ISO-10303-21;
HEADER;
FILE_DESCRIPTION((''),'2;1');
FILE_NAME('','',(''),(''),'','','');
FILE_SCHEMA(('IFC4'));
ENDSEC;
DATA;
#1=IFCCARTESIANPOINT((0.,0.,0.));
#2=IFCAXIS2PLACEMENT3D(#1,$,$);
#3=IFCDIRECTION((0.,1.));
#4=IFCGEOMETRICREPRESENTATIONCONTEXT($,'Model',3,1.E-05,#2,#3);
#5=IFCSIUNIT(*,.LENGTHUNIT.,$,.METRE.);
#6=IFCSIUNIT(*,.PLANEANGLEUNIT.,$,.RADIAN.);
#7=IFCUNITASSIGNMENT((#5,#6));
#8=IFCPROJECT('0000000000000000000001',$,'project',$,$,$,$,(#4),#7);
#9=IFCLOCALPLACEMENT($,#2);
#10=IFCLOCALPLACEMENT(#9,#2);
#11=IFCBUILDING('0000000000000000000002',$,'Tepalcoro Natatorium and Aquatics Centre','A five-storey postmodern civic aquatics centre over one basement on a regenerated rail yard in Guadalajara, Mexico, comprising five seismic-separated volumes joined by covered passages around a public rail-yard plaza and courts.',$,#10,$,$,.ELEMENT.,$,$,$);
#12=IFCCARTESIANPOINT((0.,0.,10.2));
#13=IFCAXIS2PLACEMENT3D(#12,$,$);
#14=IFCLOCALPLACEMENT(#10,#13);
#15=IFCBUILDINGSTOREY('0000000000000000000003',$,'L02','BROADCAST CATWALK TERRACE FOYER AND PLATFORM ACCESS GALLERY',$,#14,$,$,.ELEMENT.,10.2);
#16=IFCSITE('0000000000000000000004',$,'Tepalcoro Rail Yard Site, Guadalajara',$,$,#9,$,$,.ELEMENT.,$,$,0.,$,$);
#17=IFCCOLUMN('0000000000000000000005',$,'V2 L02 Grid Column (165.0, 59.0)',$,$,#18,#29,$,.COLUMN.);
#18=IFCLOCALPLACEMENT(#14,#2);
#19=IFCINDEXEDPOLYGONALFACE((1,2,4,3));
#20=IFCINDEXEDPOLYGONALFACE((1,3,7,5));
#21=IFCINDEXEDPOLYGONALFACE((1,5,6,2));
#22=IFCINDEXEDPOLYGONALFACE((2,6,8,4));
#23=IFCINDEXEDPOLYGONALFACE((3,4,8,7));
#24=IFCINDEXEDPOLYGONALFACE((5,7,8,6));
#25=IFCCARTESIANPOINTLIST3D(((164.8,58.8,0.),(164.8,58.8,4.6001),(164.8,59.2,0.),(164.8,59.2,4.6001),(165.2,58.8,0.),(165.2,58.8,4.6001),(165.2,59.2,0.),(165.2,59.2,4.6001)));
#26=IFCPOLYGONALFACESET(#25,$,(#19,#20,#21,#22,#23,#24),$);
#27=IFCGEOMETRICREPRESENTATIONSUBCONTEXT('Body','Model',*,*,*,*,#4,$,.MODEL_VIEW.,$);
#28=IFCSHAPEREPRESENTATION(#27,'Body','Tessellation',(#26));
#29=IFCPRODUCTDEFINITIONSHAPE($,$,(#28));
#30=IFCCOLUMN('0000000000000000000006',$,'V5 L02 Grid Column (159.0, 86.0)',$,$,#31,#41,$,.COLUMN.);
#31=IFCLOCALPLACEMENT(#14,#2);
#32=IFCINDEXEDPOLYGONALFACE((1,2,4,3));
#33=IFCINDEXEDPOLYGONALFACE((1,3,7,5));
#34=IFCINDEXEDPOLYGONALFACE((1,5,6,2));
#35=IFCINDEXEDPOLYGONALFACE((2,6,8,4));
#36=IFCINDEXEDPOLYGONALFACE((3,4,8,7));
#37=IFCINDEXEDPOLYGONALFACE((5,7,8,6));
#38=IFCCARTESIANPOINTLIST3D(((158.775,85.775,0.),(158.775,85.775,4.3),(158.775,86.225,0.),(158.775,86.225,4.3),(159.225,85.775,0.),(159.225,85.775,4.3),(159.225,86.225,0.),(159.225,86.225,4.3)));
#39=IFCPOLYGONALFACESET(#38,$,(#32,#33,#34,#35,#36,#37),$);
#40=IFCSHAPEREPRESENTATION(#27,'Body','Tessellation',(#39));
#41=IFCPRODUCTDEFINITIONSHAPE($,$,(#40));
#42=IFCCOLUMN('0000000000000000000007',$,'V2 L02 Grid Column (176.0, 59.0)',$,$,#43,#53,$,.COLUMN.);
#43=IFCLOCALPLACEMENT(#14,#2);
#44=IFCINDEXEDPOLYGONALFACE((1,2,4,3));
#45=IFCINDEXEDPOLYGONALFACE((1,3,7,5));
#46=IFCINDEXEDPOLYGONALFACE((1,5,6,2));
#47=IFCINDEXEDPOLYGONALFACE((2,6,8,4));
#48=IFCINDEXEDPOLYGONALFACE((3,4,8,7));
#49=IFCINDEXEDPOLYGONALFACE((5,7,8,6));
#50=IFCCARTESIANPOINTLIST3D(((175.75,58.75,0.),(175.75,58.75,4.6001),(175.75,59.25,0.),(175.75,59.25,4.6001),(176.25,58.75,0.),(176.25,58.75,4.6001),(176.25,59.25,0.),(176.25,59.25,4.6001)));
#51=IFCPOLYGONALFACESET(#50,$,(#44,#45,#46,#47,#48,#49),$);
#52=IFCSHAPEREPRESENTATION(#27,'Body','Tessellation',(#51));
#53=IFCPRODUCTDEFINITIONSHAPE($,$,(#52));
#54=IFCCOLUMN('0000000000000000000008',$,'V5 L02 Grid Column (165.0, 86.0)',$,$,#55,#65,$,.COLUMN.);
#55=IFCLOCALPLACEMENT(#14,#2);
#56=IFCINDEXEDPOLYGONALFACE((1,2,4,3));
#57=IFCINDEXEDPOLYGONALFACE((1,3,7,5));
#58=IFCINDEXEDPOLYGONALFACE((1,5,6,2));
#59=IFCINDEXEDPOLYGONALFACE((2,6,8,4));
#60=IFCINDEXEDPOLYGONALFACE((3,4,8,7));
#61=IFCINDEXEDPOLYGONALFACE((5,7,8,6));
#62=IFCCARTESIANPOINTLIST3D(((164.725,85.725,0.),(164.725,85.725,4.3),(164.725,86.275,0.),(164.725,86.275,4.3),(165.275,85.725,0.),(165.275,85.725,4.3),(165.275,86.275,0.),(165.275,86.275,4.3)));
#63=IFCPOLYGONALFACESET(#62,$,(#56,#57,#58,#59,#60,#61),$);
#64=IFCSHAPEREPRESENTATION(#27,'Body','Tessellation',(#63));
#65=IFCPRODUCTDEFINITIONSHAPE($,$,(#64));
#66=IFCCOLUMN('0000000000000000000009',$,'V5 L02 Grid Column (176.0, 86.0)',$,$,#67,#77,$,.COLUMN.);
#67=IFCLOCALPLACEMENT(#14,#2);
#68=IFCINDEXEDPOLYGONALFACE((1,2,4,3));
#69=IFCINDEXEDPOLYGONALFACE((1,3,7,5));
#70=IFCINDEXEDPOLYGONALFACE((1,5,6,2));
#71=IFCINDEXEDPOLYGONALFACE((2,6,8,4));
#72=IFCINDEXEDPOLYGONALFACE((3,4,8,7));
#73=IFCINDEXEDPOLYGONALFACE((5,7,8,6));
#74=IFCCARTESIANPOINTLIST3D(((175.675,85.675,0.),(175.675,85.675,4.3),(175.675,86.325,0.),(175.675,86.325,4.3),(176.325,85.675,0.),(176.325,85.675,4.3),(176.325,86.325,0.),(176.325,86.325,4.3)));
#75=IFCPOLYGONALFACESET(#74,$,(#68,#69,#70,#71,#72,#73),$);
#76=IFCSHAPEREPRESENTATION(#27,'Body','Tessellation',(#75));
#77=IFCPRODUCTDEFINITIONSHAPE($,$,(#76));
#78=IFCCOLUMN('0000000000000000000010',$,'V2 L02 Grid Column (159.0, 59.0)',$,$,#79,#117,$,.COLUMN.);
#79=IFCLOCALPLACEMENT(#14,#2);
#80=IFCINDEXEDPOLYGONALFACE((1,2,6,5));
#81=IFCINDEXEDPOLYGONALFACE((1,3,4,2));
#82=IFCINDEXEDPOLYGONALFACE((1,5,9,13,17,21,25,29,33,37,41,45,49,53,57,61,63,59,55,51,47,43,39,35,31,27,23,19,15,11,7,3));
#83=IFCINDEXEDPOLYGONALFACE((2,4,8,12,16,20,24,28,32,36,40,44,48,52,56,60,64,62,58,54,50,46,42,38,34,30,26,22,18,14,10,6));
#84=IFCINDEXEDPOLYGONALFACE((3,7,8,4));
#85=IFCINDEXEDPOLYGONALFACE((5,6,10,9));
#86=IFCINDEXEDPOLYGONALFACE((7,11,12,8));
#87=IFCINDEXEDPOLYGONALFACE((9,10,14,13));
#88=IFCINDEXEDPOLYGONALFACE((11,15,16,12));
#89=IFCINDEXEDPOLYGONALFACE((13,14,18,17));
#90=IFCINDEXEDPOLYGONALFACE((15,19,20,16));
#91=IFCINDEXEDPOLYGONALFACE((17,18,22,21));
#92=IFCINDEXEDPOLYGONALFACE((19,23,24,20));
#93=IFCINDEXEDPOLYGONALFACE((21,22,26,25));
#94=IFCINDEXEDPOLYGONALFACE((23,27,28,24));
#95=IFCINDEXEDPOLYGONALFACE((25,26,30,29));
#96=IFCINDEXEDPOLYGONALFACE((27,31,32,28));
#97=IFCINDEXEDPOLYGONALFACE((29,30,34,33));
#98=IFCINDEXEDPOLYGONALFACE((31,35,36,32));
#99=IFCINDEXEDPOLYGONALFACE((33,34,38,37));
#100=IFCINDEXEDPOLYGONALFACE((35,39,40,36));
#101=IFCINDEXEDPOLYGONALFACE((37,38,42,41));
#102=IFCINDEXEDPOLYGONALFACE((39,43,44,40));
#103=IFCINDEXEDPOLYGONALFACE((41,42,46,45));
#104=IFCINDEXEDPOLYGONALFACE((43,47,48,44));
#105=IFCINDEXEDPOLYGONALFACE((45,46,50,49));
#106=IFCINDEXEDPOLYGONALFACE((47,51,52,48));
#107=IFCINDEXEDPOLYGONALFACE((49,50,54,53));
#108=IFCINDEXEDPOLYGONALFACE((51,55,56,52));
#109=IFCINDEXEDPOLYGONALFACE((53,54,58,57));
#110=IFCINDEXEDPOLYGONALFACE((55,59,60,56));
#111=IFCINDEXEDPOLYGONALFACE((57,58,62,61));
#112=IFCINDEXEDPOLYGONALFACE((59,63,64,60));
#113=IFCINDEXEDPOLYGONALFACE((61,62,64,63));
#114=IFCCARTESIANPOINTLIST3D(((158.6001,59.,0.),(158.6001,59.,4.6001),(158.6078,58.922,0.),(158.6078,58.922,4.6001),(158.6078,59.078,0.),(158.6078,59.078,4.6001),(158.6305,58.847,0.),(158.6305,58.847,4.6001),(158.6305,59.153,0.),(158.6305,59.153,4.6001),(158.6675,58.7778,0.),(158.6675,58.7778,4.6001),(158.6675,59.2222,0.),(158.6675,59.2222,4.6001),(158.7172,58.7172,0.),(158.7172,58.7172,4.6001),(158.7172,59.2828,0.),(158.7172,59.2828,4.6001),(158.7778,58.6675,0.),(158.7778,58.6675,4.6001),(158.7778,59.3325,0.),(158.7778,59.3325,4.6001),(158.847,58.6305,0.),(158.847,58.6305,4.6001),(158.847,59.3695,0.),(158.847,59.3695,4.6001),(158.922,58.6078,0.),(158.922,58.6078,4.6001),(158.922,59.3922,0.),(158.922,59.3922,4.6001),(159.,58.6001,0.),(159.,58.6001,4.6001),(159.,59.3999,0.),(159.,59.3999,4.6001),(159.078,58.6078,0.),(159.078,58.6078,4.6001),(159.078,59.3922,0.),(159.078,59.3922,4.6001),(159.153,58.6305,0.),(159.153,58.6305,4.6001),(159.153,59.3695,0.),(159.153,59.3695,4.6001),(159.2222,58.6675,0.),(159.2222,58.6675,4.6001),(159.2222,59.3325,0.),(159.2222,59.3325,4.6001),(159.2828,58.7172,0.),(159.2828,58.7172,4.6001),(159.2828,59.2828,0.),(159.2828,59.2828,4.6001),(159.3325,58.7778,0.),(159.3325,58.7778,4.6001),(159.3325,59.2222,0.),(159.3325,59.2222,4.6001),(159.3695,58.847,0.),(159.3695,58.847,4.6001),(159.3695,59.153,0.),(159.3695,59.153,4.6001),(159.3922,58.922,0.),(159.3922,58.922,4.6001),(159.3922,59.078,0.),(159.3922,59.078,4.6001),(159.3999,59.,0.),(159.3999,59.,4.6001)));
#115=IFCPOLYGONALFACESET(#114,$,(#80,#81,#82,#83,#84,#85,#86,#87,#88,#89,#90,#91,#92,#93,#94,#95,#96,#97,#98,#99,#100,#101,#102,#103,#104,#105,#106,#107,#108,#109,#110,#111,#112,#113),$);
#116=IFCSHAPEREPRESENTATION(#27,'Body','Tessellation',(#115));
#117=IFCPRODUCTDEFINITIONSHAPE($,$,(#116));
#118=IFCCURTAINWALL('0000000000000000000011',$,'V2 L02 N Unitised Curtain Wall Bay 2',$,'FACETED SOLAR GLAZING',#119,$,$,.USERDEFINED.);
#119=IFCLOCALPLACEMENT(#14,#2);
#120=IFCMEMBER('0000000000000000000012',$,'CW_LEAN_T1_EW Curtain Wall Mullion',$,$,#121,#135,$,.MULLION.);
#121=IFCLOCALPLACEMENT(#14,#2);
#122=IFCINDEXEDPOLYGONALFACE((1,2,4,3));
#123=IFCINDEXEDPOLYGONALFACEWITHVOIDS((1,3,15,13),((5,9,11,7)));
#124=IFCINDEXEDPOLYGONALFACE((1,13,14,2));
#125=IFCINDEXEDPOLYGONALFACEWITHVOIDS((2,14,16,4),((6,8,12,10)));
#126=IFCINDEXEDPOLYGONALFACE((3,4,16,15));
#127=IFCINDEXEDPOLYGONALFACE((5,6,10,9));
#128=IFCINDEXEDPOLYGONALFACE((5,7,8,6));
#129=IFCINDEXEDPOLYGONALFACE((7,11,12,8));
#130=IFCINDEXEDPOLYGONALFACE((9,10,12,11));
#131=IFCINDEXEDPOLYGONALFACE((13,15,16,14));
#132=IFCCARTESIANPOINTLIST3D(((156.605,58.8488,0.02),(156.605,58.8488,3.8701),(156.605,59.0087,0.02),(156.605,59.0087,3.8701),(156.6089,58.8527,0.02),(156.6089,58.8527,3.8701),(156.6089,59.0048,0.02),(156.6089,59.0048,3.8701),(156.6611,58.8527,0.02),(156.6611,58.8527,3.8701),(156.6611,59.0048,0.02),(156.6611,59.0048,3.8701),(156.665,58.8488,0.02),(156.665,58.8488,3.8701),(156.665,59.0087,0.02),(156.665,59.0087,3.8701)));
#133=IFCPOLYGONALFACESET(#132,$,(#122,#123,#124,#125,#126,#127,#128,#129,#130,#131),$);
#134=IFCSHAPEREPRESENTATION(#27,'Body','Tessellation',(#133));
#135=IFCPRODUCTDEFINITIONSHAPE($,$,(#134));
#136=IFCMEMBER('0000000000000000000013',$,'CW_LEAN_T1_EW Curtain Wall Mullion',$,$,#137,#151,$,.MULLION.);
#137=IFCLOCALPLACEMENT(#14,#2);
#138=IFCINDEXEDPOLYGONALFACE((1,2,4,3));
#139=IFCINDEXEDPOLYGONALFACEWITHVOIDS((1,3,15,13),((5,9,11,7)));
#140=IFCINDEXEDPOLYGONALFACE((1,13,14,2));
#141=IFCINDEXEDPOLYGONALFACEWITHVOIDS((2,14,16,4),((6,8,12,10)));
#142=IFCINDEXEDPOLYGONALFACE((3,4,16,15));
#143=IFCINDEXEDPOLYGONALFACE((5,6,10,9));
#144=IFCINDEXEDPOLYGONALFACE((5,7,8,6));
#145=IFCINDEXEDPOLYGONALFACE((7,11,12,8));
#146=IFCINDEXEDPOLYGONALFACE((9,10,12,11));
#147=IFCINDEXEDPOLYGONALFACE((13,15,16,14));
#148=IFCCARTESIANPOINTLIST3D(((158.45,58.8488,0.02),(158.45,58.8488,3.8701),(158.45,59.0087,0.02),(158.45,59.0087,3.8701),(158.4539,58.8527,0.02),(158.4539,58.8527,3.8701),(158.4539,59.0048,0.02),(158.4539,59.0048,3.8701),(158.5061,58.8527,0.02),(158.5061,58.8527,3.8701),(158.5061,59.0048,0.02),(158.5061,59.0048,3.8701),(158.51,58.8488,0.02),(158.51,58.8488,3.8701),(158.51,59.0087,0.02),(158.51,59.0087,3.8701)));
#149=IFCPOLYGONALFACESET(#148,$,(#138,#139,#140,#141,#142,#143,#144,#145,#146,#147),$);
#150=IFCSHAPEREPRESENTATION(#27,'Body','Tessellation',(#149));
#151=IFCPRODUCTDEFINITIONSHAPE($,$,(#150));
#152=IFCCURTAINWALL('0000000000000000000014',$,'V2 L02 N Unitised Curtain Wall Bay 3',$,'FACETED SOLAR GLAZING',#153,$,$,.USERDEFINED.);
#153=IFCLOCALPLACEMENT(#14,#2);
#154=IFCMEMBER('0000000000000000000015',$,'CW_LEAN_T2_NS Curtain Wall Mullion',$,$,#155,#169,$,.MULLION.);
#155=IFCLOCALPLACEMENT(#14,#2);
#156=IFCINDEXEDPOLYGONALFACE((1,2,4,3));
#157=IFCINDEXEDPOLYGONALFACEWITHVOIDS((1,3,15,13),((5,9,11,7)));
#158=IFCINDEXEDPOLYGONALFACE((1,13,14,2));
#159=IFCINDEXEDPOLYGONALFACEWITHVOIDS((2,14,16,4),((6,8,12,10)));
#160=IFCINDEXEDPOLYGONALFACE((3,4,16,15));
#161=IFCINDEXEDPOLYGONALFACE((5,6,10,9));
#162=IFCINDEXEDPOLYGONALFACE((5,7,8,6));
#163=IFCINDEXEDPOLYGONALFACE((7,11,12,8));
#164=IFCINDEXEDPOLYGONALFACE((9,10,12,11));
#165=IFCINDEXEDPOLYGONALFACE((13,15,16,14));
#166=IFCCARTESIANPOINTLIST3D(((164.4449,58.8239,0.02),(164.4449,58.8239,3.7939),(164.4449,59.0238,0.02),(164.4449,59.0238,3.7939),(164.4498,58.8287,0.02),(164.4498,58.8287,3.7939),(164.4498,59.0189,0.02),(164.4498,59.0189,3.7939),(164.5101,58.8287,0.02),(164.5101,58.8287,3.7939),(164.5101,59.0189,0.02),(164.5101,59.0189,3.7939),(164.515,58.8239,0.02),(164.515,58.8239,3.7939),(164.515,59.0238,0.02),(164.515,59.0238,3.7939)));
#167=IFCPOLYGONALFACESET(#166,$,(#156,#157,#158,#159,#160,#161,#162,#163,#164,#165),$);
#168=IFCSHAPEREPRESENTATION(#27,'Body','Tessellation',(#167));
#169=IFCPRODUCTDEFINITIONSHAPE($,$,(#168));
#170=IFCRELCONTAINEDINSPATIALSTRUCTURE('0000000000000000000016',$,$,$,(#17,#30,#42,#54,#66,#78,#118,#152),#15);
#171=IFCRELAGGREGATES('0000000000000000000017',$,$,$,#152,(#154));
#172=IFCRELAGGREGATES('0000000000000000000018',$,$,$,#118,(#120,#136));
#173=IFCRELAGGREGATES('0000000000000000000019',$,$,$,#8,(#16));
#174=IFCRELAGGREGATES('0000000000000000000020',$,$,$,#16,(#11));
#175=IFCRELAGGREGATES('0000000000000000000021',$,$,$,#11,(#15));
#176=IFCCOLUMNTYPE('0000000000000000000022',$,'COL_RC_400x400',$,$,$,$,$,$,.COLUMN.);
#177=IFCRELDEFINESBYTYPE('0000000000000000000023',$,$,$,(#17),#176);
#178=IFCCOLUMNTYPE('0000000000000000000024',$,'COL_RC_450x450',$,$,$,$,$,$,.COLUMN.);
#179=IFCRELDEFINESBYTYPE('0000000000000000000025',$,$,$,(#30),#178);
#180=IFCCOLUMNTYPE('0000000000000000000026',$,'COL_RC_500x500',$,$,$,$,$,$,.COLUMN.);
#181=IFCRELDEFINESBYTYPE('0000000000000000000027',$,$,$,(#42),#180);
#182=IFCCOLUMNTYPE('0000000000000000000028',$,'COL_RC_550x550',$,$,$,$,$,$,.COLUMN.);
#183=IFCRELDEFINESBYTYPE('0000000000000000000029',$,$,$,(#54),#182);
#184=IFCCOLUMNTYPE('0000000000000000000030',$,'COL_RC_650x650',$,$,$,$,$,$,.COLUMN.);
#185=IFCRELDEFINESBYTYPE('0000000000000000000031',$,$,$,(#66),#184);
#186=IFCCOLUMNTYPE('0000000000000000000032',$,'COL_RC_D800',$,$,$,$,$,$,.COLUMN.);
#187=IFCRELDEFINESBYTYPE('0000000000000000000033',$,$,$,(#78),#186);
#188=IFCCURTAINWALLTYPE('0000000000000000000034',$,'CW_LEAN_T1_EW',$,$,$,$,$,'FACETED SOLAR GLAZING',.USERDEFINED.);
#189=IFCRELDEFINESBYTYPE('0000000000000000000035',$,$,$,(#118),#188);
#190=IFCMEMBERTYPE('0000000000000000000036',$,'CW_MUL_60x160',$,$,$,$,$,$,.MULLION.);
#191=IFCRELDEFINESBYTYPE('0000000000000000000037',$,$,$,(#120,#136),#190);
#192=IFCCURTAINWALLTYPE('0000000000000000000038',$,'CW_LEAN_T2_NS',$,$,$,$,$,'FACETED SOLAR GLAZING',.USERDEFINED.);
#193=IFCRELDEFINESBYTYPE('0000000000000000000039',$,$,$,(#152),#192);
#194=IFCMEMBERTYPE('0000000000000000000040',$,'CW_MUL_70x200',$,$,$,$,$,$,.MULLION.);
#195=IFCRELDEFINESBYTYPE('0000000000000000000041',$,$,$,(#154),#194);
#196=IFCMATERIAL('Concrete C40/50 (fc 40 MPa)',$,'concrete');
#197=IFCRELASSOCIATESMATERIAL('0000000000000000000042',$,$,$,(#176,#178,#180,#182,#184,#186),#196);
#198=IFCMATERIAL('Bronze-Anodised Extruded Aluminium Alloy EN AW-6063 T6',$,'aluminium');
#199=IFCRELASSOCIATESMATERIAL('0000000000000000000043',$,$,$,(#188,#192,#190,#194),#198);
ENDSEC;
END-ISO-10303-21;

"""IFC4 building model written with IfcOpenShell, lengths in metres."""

from ifc_helpers import new_model, si_unit, direction, frame, origin, origin_2d, place, context, subcontext, project, spatial, rectangle, hollow_rectangle, circle, extrude, material, material_profile, profile_set, type_object, element, aggregate, save


model = new_model("IFC4")

# Units and contexts
model_context = context("Model", 3, precision=1e-05, world=origin(), true_north=direction((0.0, 1.0)))
body_context = subcontext(model_context, "Body", "Model", "MODEL_VIEW")
ifc_project = project(units=[si_unit("LENGTHUNIT", "METRE"), si_unit("PLANEANGLEUNIT", "RADIAN")], contexts=[model_context])

# Site, building, storey
site_placement = place(None, origin())
site = spatial("IfcSite", under=ifc_project, at=site_placement, Name="Tepalcoro Rail Yard Site, Guadalajara", CompositionType="ELEMENT", RefElevation=0.0)
building_placement = place(site_placement, origin())
building = spatial("IfcBuilding", under=site, at=building_placement, Name="Tepalcoro Natatorium and Aquatics Centre", Description="A five-storey postmodern civic aquatics centre over one basement on a regenerated rail yard in Guadalajara, Mexico, comprising five seismic-separated volumes joined by covered passages around a public rail-yard plaza and courts.", CompositionType="ELEMENT")
storey_placement = place(building_placement, frame((0.0, 0.0, 10.2)))
storey = spatial("IfcBuildingStorey", under=building, at=storey_placement, Name="L02", Description="BROADCAST CATWALK TERRACE FOYER AND PLATFORM ACCESS GALLERY", CompositionType="ELEMENT", Elevation=10.2)

# Columns
ifc_material_1 = material(Name="Concrete C40/50 (fc 40 MPa)", Category="concrete")
ifc_material_profile_1 = material_profile(ifc_material_1, rectangle(XDim=0.3999, YDim=0.3999, at=origin_2d()), Name="RC400x400")
ifc_profile_set_1 = profile_set([ifc_material_profile_1], Name="Concrete C40/50 (fc 40 MPa)")
column_type_1 = type_object("IfcColumnType", Name="COL_RC_400x400", PredefinedType="COLUMN", material=ifc_profile_set_1)
column_1_placement = place(storey_placement, frame((165.0, 59.0, 0.0), z_axis=(0.0, 0.0, 1.0), x_axis=(1.0, 0.0, 0.0)))
element("IfcColumn", 1, at=column_1_placement, inside=storey, type_object=column_type_1, Name="V2 L02 Grid Column (165.0, 59.0)", PredefinedType="COLUMN", context=body_context, shape_type="SweptSolid", body=[
    extrude(rectangle(XDim=0.3999, YDim=0.3999, at=origin_2d()), origin(), (0.0, 0.0, 1.0), 4.6001),
])
ifc_material_profile_2 = material_profile(ifc_material_1, rectangle(XDim=0.45, YDim=0.45, at=origin_2d()), Name="RC450x450")
ifc_profile_set_2 = profile_set([ifc_material_profile_2], Name="Concrete C40/50 (fc 40 MPa)")
column_type_2 = type_object("IfcColumnType", Name="COL_RC_450x450", PredefinedType="COLUMN", material=ifc_profile_set_2)
column_2_placement = place(storey_placement, frame((159.0, 86.0, 0.0), z_axis=(0.0, 0.0, 1.0), x_axis=(1.0, 0.0, 0.0)))
element("IfcColumn", 2, at=column_2_placement, inside=storey, type_object=column_type_2, Name="V5 L02 Grid Column (159.0, 86.0)", PredefinedType="COLUMN", context=body_context, shape_type="SweptSolid", body=[
    extrude(rectangle(XDim=0.45, YDim=0.45, at=origin_2d()), origin(), (0.0, 0.0, 1.0), 4.3),
])
ifc_material_profile_3 = material_profile(ifc_material_1, rectangle(XDim=0.5, YDim=0.5, at=origin_2d()), Name="RC500x500")
ifc_profile_set_3 = profile_set([ifc_material_profile_3], Name="Concrete C40/50 (fc 40 MPa)")
column_type_3 = type_object("IfcColumnType", Name="COL_RC_500x500", PredefinedType="COLUMN", material=ifc_profile_set_3)
column_3_placement = place(storey_placement, frame((176.0, 59.0, 0.0), z_axis=(0.0, 0.0, 1.0), x_axis=(1.0, 0.0, 0.0)))
element("IfcColumn", 3, at=column_3_placement, inside=storey, type_object=column_type_3, Name="V2 L02 Grid Column (176.0, 59.0)", PredefinedType="COLUMN", context=body_context, shape_type="SweptSolid", body=[
    extrude(rectangle(XDim=0.5, YDim=0.5, at=origin_2d()), origin(), (0.0, 0.0, 1.0), 4.6001),
])
ifc_material_profile_4 = material_profile(ifc_material_1, rectangle(XDim=0.55, YDim=0.55, at=origin_2d()), Name="RC550x550")
ifc_profile_set_4 = profile_set([ifc_material_profile_4], Name="Concrete C40/50 (fc 40 MPa)")
column_type_4 = type_object("IfcColumnType", Name="COL_RC_550x550", PredefinedType="COLUMN", material=ifc_profile_set_4)
column_4_placement = place(storey_placement, frame((165.0, 86.0, 0.0), z_axis=(0.0, 0.0, 1.0), x_axis=(1.0, 0.0, 0.0)))
element("IfcColumn", 4, at=column_4_placement, inside=storey, type_object=column_type_4, Name="V5 L02 Grid Column (165.0, 86.0)", PredefinedType="COLUMN", context=body_context, shape_type="SweptSolid", body=[
    extrude(rectangle(XDim=0.55, YDim=0.55, at=origin_2d()), origin(), (0.0, 0.0, 1.0), 4.3),
])
ifc_material_profile_5 = material_profile(ifc_material_1, rectangle(XDim=0.6499, YDim=0.6499, at=origin_2d()), Name="RC650x650")
ifc_profile_set_5 = profile_set([ifc_material_profile_5], Name="Concrete C40/50 (fc 40 MPa)")
column_type_5 = type_object("IfcColumnType", Name="COL_RC_650x650", PredefinedType="COLUMN", material=ifc_profile_set_5)
column_5_placement = place(storey_placement, frame((176.0, 86.0, 0.0), z_axis=(0.0, 0.0, 1.0), x_axis=(1.0, 0.0, 0.0)))
element("IfcColumn", 5, at=column_5_placement, inside=storey, type_object=column_type_5, Name="V5 L02 Grid Column (176.0, 86.0)", PredefinedType="COLUMN", context=body_context, shape_type="SweptSolid", body=[
    extrude(rectangle(XDim=0.6499, YDim=0.6499, at=origin_2d()), origin(), (0.0, 0.0, 1.0), 4.3),
])
ifc_material_profile_6 = material_profile(ifc_material_1, circle(Radius=0.3999, at=origin_2d()), Name="RCD800")
ifc_profile_set_6 = profile_set([ifc_material_profile_6], Name="Concrete C40/50 (fc 40 MPa)")
column_type_6 = type_object("IfcColumnType", Name="COL_RC_D800", PredefinedType="COLUMN", material=ifc_profile_set_6)
column_6_placement = place(storey_placement, frame((159.0, 59.0, 0.0), z_axis=(0.0, 0.0, 1.0), x_axis=(1.0, 0.0, 0.0)))
element("IfcColumn", 6, at=column_6_placement, inside=storey, type_object=column_type_6, Name="V2 L02 Grid Column (159.0, 59.0)", PredefinedType="COLUMN", context=body_context, shape_type="SweptSolid", body=[
    extrude(circle(Radius=0.3999, at=origin_2d()), origin(), (0.0, 0.0, 1.0), 4.6001),
])

# Curtain wall, members
ifc_material_2 = material(Name="Bronze-Anodised Extruded Aluminium Alloy EN AW-6063 T6", Category="aluminium")
curtain_wall_type_1 = type_object("IfcCurtainWallType", Name="CW_LEAN_T1_EW", ElementType="FACETED SOLAR GLAZING", PredefinedType="USERDEFINED", material=ifc_material_2)
curtain_wall_1_placement = place(storey_placement, origin())
curtain_wall_1 = element("IfcCurtainWall", 7, at=curtain_wall_1_placement, inside=storey, type_object=curtain_wall_type_1, Name="V2 L02 N Unitised Curtain Wall Bay 2", ObjectType="FACETED SOLAR GLAZING", PredefinedType="USERDEFINED")
ifc_material_profile_7 = material_profile(ifc_material_2, hollow_rectangle(XDim=0.0601, YDim=0.1599, WallThickness=0.0039, at=origin_2d()), Name="AL60X160X4")
ifc_profile_set_7 = profile_set([ifc_material_profile_7], Name="Bronze-Anodised Extruded Aluminium Alloy EN AW-6063 T6")
member_type_1 = type_object("IfcMemberType", Name="CW_MUL_60x160", PredefinedType="MULLION", material=ifc_profile_set_7)
member_1_placement = place(storey_placement, frame((156.635, 58.9287, 0.02), z_axis=(0.0, 0.0, 1.0), x_axis=(1.0, 0.0, 0.0)))
member_1 = element("IfcMember", 8, at=member_1_placement, type_object=member_type_1, Name="CW_LEAN_T1_EW Curtain Wall Mullion", PredefinedType="MULLION", context=body_context, shape_type="SweptSolid", body=[
    extrude(hollow_rectangle(XDim=0.0601, YDim=0.1599, WallThickness=0.0039, at=origin_2d()), origin(), (0.0, 0.0, 1.0), 3.8501),
])
member_2_placement = place(storey_placement, frame((158.48, 58.9287, 0.02), z_axis=(0.0, 0.0, 1.0), x_axis=(1.0, 0.0, 0.0)))
member_2 = element("IfcMember", 9, at=member_2_placement, type_object=member_type_1, Name="CW_LEAN_T1_EW Curtain Wall Mullion", PredefinedType="MULLION", context=body_context, shape_type="SweptSolid", body=[
    extrude(hollow_rectangle(XDim=0.0601, YDim=0.1599, WallThickness=0.0039, at=origin_2d()), origin(), (0.0, 0.0, 1.0), 3.8501),
])

# Curtain wall, member
curtain_wall_type_2 = type_object("IfcCurtainWallType", Name="CW_LEAN_T2_NS", ElementType="FACETED SOLAR GLAZING", PredefinedType="USERDEFINED", material=ifc_material_2)
curtain_wall_2_placement = place(storey_placement, origin())
curtain_wall_2 = element("IfcCurtainWall", 10, at=curtain_wall_2_placement, inside=storey, type_object=curtain_wall_type_2, Name="V2 L02 N Unitised Curtain Wall Bay 3", ObjectType="FACETED SOLAR GLAZING", PredefinedType="USERDEFINED")
ifc_material_profile_8 = material_profile(ifc_material_2, hollow_rectangle(XDim=0.0701, YDim=0.2, WallThickness=0.0049, at=origin_2d()), Name="AL70X200X5")
ifc_profile_set_8 = profile_set([ifc_material_profile_8], Name="Bronze-Anodised Extruded Aluminium Alloy EN AW-6063 T6")
member_type_2 = type_object("IfcMemberType", Name="CW_MUL_70x200", PredefinedType="MULLION", material=ifc_profile_set_8)
member_3_placement = place(storey_placement, frame((164.48, 58.9238, 0.02), z_axis=(0.0, 0.0, 1.0), x_axis=(1.0, 0.0, 0.0)))
member_3 = element("IfcMember", 11, at=member_3_placement, type_object=member_type_2, Name="CW_LEAN_T2_NS Curtain Wall Mullion", PredefinedType="MULLION", context=body_context, shape_type="SweptSolid", body=[
    extrude(hollow_rectangle(XDim=0.0701, YDim=0.2, WallThickness=0.0049, at=origin_2d()), origin(), (0.0, 0.0, 1.0), 3.7739),
])

aggregate(curtain_wall_2, [member_3])
aggregate(curtain_wall_1, [member_1, member_2])

save(model, "model.ifc")
